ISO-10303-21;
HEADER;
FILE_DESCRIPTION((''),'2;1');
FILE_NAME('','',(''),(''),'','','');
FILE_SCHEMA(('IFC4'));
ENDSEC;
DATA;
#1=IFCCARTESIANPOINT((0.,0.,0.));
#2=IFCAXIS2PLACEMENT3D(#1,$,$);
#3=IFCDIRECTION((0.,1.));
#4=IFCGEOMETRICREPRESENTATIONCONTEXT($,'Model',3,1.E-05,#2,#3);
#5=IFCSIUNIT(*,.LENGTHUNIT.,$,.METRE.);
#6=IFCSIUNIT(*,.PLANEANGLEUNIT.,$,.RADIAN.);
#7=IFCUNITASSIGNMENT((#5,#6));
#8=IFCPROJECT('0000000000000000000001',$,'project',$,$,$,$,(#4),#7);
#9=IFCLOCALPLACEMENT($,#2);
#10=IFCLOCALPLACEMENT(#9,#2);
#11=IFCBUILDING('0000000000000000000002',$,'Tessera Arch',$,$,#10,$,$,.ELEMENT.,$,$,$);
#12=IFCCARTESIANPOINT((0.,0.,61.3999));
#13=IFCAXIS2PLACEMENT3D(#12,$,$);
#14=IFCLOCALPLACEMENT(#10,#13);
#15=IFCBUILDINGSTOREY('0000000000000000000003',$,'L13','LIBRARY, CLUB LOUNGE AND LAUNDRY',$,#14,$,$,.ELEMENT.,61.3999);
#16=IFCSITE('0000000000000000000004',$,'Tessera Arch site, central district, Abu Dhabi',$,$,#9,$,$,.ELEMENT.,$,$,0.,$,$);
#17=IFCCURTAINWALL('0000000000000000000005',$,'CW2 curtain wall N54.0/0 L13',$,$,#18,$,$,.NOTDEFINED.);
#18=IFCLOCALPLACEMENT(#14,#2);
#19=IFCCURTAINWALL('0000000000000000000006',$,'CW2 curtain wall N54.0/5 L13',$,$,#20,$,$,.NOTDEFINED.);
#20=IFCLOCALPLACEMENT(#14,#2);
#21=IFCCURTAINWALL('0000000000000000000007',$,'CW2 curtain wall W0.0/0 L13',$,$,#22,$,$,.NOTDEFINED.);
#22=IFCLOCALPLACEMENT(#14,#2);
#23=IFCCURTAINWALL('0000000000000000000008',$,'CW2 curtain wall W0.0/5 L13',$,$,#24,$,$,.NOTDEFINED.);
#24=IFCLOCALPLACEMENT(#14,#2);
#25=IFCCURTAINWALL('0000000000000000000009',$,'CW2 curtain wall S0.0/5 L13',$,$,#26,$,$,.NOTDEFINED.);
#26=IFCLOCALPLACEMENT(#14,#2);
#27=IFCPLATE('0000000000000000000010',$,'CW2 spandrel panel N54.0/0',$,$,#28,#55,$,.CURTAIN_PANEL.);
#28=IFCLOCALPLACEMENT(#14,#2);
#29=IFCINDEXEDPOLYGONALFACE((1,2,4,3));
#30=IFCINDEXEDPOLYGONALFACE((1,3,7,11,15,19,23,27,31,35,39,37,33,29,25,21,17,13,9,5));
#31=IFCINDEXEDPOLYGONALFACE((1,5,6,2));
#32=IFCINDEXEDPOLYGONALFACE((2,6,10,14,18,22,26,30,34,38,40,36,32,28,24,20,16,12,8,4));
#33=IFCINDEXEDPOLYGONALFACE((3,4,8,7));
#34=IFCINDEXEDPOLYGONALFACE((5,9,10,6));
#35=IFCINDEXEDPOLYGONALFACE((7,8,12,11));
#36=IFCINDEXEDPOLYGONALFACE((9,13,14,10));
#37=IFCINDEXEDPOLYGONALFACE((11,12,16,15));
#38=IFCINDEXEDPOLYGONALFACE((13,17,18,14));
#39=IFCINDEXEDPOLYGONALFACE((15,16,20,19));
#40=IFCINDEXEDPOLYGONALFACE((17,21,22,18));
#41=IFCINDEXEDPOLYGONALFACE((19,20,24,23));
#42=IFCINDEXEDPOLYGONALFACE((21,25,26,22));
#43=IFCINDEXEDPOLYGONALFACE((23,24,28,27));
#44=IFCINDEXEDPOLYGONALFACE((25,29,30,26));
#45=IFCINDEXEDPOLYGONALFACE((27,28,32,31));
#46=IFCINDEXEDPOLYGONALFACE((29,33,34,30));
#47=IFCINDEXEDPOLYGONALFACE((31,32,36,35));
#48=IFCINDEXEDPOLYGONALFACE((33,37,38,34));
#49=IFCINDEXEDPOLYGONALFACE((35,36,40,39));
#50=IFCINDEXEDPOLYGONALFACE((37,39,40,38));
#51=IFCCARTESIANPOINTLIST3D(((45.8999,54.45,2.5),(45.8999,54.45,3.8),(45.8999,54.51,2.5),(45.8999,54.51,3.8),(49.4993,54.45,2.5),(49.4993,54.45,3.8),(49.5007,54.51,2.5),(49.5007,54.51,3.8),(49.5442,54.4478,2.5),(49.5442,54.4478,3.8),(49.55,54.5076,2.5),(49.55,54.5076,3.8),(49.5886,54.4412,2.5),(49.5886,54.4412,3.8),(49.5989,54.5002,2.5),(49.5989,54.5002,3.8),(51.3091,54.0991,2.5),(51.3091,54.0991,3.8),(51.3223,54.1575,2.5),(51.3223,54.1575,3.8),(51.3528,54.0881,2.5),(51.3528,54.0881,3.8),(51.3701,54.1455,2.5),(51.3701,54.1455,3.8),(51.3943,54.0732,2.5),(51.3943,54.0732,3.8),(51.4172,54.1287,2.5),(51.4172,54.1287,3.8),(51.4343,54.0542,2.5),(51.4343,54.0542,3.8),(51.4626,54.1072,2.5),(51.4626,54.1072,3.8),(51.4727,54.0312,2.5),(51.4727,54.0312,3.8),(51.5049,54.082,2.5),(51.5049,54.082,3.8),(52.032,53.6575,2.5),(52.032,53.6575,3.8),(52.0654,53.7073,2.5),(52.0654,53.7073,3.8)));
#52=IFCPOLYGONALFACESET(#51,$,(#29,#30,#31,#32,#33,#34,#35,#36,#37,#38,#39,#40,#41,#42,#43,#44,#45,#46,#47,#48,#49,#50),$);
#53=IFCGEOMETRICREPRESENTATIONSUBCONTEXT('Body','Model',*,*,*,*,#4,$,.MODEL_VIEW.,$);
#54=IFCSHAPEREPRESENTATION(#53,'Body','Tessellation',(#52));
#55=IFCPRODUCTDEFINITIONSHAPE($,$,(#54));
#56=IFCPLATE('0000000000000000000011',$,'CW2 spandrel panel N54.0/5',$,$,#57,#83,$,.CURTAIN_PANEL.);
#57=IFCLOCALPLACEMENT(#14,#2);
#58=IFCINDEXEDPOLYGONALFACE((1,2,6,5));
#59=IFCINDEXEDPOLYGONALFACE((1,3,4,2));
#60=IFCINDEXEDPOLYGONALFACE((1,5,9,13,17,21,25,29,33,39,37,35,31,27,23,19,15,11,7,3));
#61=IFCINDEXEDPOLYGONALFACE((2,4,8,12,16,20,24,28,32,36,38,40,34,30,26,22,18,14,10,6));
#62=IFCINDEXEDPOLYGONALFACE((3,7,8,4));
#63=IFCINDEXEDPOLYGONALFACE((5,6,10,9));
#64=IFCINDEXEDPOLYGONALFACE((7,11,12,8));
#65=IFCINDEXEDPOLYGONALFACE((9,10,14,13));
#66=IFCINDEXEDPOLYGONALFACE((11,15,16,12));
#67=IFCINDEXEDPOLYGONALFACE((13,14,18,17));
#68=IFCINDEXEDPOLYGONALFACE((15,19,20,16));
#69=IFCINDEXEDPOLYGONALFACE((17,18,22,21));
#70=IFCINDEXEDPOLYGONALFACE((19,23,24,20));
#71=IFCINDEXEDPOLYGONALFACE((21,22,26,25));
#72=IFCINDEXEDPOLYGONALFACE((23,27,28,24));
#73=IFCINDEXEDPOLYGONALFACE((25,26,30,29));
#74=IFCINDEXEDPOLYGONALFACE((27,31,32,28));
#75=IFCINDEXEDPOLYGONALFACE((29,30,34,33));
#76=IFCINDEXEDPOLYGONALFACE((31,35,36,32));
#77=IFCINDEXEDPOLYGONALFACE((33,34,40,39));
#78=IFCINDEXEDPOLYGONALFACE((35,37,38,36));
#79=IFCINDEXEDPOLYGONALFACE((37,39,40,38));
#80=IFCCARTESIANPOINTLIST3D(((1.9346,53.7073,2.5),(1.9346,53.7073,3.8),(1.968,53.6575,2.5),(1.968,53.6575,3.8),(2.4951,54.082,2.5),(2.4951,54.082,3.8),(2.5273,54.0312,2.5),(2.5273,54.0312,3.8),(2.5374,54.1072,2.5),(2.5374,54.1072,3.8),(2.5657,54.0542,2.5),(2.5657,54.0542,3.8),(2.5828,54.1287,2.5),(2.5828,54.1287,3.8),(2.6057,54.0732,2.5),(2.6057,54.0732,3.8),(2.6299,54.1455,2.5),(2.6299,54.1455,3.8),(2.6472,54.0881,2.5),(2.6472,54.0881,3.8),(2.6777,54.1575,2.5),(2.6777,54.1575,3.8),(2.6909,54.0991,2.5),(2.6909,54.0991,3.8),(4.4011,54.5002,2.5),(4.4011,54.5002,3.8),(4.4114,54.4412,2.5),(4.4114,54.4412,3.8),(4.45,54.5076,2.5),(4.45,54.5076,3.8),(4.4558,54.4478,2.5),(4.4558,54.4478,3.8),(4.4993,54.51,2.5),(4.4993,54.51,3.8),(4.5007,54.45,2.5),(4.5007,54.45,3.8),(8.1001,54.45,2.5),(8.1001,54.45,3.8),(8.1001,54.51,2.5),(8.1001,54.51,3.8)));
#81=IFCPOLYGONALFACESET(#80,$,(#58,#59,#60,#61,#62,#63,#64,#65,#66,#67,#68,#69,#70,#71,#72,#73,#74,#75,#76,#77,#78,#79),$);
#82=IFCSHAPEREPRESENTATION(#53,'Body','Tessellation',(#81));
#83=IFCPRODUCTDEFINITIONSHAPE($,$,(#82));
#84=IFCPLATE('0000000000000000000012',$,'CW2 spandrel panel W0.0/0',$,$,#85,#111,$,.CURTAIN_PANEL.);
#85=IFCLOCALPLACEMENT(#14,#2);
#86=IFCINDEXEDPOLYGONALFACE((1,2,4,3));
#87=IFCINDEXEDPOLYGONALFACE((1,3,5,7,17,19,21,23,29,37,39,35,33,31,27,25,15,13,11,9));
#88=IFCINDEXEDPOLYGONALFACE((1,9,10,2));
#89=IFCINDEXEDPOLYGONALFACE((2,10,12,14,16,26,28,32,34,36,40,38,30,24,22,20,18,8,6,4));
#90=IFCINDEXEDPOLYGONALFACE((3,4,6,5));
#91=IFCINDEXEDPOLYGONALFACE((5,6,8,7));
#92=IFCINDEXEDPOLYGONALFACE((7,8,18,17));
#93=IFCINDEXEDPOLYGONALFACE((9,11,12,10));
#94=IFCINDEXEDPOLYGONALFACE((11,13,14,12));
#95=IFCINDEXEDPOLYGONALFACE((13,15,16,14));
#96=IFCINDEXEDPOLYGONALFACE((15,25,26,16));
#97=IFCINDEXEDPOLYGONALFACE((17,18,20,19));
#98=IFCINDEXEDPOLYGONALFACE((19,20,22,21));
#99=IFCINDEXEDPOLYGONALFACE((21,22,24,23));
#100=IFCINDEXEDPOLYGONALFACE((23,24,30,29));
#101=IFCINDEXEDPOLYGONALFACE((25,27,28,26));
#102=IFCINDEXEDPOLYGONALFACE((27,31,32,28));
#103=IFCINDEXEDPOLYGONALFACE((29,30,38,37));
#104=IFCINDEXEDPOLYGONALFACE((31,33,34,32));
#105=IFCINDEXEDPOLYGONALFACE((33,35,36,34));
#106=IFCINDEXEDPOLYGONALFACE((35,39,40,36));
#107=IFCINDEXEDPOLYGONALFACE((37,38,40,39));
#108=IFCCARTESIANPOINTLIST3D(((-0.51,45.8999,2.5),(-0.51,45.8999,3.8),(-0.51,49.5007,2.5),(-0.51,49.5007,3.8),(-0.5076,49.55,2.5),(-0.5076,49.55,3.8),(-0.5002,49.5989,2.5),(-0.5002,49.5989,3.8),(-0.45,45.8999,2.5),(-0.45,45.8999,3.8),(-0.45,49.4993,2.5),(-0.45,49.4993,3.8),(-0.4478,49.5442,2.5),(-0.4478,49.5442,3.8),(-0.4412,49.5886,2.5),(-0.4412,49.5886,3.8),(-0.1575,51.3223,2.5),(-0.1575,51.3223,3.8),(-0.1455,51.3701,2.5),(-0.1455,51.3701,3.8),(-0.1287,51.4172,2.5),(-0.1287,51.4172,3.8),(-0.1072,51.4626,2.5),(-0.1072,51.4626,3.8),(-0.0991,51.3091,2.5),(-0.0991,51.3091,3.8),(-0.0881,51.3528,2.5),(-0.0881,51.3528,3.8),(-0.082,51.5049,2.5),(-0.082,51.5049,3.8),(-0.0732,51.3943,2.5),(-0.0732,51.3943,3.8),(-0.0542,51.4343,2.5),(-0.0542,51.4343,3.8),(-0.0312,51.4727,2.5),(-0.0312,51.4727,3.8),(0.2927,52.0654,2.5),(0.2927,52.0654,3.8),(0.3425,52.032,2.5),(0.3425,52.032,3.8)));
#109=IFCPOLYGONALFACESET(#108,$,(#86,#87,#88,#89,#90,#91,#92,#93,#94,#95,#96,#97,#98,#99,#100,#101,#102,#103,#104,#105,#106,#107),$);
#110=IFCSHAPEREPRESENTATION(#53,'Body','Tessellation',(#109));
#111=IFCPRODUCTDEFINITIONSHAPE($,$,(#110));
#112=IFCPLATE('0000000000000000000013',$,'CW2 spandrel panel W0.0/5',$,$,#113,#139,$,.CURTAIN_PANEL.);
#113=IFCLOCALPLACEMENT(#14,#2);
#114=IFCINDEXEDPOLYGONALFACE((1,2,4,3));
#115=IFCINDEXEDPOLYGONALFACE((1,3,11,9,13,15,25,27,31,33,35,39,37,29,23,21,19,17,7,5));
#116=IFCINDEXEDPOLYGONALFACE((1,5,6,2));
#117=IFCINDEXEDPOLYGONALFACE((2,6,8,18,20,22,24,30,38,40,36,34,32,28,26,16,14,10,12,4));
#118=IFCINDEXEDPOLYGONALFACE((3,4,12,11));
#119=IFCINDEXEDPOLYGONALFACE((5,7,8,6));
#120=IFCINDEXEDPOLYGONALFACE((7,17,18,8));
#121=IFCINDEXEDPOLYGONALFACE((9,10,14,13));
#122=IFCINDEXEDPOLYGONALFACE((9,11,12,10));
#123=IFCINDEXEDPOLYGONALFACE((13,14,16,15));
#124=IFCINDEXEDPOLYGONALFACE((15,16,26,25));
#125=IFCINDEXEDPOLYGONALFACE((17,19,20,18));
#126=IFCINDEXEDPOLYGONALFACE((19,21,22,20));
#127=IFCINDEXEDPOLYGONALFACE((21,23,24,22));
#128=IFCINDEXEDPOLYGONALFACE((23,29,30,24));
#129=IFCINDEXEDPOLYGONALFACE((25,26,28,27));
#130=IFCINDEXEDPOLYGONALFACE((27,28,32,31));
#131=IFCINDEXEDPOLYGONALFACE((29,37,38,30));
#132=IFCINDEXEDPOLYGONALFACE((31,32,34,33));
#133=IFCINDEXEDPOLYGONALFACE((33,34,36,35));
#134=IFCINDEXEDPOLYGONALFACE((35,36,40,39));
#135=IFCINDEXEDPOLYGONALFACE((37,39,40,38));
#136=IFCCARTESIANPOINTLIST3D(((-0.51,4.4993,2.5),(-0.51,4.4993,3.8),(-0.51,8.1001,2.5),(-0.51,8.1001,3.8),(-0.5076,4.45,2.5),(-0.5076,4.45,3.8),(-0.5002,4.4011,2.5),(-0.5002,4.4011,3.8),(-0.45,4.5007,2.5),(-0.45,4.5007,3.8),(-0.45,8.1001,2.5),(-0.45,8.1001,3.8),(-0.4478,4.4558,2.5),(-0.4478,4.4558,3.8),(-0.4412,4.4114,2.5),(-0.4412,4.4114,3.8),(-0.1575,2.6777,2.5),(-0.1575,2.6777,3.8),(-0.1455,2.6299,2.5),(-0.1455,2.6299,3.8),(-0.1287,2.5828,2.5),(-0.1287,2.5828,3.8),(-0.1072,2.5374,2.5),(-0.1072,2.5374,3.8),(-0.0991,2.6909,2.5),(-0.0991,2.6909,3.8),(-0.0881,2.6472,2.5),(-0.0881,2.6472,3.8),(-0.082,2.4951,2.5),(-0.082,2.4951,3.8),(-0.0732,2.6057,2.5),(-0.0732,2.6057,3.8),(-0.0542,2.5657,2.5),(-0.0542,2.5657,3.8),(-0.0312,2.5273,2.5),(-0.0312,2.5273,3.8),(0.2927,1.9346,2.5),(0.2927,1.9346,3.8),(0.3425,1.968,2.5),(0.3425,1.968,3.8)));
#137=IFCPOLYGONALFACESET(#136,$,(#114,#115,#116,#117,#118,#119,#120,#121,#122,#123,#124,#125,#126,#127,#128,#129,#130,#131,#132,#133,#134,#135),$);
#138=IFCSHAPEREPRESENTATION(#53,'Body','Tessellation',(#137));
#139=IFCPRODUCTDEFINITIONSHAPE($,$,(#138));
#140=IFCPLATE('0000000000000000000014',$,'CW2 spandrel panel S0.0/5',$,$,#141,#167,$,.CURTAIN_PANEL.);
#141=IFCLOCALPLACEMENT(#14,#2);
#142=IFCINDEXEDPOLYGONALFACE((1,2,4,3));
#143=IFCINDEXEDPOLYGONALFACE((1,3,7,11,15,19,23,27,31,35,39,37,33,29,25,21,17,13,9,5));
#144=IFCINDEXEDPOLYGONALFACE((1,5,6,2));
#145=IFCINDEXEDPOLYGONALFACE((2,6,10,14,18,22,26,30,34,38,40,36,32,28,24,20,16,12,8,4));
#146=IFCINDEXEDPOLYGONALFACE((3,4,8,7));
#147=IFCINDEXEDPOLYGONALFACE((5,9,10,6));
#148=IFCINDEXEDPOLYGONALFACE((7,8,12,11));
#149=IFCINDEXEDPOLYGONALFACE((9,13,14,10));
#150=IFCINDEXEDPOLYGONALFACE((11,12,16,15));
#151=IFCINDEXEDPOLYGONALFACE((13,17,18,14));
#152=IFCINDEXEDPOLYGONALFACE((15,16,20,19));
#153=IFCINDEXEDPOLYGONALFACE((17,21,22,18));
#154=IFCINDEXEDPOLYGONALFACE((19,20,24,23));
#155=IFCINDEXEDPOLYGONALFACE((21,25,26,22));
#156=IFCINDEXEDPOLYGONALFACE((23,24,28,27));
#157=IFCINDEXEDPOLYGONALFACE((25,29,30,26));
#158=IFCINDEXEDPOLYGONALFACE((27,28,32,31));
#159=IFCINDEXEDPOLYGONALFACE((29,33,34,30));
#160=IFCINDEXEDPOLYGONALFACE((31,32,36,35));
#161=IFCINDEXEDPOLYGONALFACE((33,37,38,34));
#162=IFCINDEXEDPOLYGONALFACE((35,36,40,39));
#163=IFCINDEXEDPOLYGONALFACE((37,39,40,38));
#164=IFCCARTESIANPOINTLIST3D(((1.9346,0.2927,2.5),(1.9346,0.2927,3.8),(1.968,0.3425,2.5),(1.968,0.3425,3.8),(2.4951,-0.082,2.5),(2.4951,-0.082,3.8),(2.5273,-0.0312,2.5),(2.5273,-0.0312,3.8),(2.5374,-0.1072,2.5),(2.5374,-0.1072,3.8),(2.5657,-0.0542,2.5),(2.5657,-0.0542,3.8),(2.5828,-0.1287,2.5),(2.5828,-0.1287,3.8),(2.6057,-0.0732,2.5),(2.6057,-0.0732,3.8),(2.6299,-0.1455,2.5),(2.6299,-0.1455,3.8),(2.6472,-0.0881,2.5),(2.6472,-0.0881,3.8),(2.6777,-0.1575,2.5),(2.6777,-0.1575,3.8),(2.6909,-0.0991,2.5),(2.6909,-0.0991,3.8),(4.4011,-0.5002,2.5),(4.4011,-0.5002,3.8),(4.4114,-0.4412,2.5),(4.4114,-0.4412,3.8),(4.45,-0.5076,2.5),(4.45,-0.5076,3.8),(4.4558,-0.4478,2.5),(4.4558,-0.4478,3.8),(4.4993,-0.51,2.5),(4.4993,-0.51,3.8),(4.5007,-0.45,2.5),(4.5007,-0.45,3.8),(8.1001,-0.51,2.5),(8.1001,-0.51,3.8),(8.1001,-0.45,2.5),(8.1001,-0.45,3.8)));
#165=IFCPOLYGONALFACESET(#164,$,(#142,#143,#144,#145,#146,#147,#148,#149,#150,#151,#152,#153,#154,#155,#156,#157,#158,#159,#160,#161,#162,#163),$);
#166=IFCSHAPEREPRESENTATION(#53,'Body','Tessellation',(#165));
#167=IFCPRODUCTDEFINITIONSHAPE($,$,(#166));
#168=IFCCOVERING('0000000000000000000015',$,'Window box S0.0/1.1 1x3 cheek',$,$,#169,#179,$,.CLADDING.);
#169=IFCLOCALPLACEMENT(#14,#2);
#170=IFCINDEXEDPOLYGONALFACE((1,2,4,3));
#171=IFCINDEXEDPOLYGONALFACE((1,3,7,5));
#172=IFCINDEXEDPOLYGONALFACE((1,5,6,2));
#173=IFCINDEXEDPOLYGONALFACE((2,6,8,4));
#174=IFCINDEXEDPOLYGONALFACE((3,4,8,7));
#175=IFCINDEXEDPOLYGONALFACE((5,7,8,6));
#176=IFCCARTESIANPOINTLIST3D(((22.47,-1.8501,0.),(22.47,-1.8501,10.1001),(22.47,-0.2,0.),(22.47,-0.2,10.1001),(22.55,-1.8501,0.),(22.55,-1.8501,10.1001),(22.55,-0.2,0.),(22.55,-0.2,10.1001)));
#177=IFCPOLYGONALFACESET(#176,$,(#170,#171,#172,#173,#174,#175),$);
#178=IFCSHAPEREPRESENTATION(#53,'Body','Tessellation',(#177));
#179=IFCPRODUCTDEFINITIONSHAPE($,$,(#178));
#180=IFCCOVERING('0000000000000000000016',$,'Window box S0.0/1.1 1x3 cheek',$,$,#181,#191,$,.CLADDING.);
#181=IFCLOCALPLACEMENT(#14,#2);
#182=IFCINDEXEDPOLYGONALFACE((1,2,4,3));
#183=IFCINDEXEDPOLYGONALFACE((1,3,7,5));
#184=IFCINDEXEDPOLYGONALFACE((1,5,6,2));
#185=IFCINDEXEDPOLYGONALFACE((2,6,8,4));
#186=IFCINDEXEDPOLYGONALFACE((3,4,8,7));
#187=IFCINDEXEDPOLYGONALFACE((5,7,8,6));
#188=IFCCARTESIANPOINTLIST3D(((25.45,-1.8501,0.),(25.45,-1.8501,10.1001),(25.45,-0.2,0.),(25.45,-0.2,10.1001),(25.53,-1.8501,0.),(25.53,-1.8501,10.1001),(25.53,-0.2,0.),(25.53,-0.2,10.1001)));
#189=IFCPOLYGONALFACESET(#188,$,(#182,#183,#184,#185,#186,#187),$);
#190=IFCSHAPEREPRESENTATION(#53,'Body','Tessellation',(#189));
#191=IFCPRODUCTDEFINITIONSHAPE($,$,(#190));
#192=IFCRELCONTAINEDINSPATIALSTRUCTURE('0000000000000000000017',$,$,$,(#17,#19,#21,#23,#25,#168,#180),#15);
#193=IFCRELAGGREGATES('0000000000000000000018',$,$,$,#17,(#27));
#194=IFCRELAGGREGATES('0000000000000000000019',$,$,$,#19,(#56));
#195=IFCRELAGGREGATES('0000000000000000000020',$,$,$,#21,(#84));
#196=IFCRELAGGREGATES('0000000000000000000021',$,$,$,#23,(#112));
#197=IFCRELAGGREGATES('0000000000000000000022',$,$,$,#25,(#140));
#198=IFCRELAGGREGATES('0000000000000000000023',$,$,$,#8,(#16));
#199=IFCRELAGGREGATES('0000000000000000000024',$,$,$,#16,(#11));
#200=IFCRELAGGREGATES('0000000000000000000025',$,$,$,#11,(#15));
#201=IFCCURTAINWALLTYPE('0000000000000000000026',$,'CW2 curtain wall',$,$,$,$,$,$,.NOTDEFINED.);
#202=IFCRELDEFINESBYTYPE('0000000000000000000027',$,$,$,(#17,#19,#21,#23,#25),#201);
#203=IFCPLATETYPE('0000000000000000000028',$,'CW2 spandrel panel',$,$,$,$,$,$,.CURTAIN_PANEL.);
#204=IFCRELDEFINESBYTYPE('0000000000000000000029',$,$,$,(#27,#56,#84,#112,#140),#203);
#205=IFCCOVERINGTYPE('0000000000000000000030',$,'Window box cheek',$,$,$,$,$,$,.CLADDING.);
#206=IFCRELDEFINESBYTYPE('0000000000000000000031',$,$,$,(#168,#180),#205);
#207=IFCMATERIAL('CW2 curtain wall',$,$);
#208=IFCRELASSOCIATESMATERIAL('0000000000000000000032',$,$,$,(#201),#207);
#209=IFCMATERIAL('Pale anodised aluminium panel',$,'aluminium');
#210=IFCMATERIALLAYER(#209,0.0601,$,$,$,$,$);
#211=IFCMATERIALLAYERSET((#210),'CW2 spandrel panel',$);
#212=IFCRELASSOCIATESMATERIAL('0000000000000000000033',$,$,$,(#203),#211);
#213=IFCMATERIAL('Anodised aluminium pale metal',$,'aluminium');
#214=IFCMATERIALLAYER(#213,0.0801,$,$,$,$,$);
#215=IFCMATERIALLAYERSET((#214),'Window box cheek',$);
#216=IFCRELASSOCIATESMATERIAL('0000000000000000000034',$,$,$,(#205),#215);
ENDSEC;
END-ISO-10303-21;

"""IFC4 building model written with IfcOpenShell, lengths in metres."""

from ifc_helpers import new_model, si_unit, direction, frame, origin, place, context, subcontext, project, spatial, polyline, outline, extrude, material, layer, layer_set, type_object, element, aggregate, save


model = new_model("IFC4")

# Units and contexts
model_context = context("Model", 3, precision=1e-05, world=origin(), true_north=direction((0.0, 1.0)))
body_context = subcontext(model_context, "Body", "Model", "MODEL_VIEW")
ifc_project = project(units=[si_unit("LENGTHUNIT", "METRE"), si_unit("PLANEANGLEUNIT", "RADIAN")], contexts=[model_context])

# Site, building, storey
site_placement = place(None, origin())
site = spatial("IfcSite", under=ifc_project, at=site_placement, Name="Tessera Arch site, central district, Abu Dhabi", CompositionType="ELEMENT", RefElevation=0.0)
building_placement = place(site_placement, origin())
building = spatial("IfcBuilding", under=site, at=building_placement, Name="Tessera Arch", CompositionType="ELEMENT")
storey_placement = place(building_placement, frame((0.0, 0.0, 61.3999)))
storey = spatial("IfcBuildingStorey", under=building, at=storey_placement, Name="L13", Description="LIBRARY, CLUB LOUNGE AND LAUNDRY", CompositionType="ELEMENT", Elevation=61.3999)

# Curtain walls
ifc_material_1 = material(Name="CW2 curtain wall")
curtain_wall_type = type_object("IfcCurtainWallType", Name="CW2 curtain wall", PredefinedType="NOTDEFINED", material=ifc_material_1)
curtain_wall_1_placement = place(storey_placement, origin())
curtain_wall_1 = element("IfcCurtainWall", 1, at=curtain_wall_1_placement, inside=storey, type_object=curtain_wall_type, Name="CW2 curtain wall N54.0/0 L13", PredefinedType="NOTDEFINED")
curtain_wall_2_placement = place(storey_placement, origin())
curtain_wall_2 = element("IfcCurtainWall", 2, at=curtain_wall_2_placement, inside=storey, type_object=curtain_wall_type, Name="CW2 curtain wall N54.0/5 L13", PredefinedType="NOTDEFINED")
curtain_wall_3_placement = place(storey_placement, origin())
curtain_wall_3 = element("IfcCurtainWall", 3, at=curtain_wall_3_placement, inside=storey, type_object=curtain_wall_type, Name="CW2 curtain wall W0.0/0 L13", PredefinedType="NOTDEFINED")
curtain_wall_4_placement = place(storey_placement, origin())
curtain_wall_4 = element("IfcCurtainWall", 4, at=curtain_wall_4_placement, inside=storey, type_object=curtain_wall_type, Name="CW2 curtain wall W0.0/5 L13", PredefinedType="NOTDEFINED")
curtain_wall_5_placement = place(storey_placement, origin())
curtain_wall_5 = element("IfcCurtainWall", 5, at=curtain_wall_5_placement, inside=storey, type_object=curtain_wall_type, Name="CW2 curtain wall S0.0/5 L13", PredefinedType="NOTDEFINED")

# Plates
ifc_material_2 = material(Name="Pale anodised aluminium panel", Category="aluminium")
ifc_layer_1 = layer(ifc_material_2, 0.0601)
ifc_layer_set_1 = layer_set([ifc_layer_1], Name="CW2 spandrel panel")
plate_type_1 = type_object("IfcPlateType", Name="CW2 spandrel panel", PredefinedType="CURTAIN_PANEL", material=ifc_layer_set_1)
plate_1_placement = place(storey_placement, frame((0.0, 0.0, 2.5)))
plate_1 = element("IfcPlate", 6, at=plate_1_placement, type_object=plate_type_1, Name="CW2 spandrel panel N54.0/0", PredefinedType="CURTAIN_PANEL", context=body_context, shape_type="SweptSolid", body=[
    extrude(outline(polyline([(51.4727, 54.0312), (52.032, 53.6575), (52.0654, 53.7073), (51.5049, 54.082), (51.4626, 54.1072), (51.4172, 54.1287), (51.3701, 54.1455), (51.3223, 54.1575), (49.5989, 54.5002), (49.55, 54.5076), (49.5007, 54.51), (45.8999, 54.51), (45.8999, 54.45), (49.4993, 54.45), (49.5442, 54.4478), (49.5886, 54.4412), (51.3091, 54.0991), (51.3528, 54.0881), (51.3943, 54.0732), (51.4343, 54.0542), (51.4727, 54.0312)])), origin(), (0.0, 0.0, 1.0), 1.3),
])
aggregate(curtain_wall_1, [plate_1])
plate_2_placement = place(storey_placement, frame((0.0, 0.0, 2.5)))
plate_2 = element("IfcPlate", 7, at=plate_2_placement, type_object=plate_type_1, Name="CW2 spandrel panel N54.0/5", PredefinedType="CURTAIN_PANEL", context=body_context, shape_type="SweptSolid", body=[
    extrude(outline(polyline([(4.5007, 54.45), (8.1001, 54.45), (8.1001, 54.51), (4.4993, 54.51), (4.45, 54.5076), (4.4011, 54.5002), (2.6777, 54.1575), (2.6299, 54.1455), (2.5828, 54.1287), (2.5374, 54.1072), (2.4951, 54.082), (1.9346, 53.7073), (1.968, 53.6575), (2.5273, 54.0312), (2.5657, 54.0542), (2.6057, 54.0732), (2.6472, 54.0881), (2.6909, 54.0991), (4.4114, 54.4412), (4.4558, 54.4478), (4.5007, 54.45)])), origin(), (0.0, 0.0, 1.0), 1.3),
])
aggregate(curtain_wall_2, [plate_2])
plate_3_placement = place(storey_placement, frame((0.0, 0.0, 2.5)))
plate_3 = element("IfcPlate", 8, at=plate_3_placement, type_object=plate_type_1, Name="CW2 spandrel panel W0.0/0", PredefinedType="CURTAIN_PANEL", context=body_context, shape_type="SweptSolid", body=[
    extrude(outline(polyline([(-0.0312, 51.4727), (0.3425, 52.032), (0.2927, 52.0654), (-0.082, 51.5049), (-0.1072, 51.4626), (-0.1287, 51.4172), (-0.1455, 51.3701), (-0.1575, 51.3223), (-0.5002, 49.5989), (-0.5076, 49.55), (-0.51, 49.5007), (-0.51, 45.8999), (-0.45, 45.8999), (-0.45, 49.4993), (-0.4478, 49.5442), (-0.4412, 49.5886), (-0.0991, 51.3091), (-0.0881, 51.3528), (-0.0732, 51.3943), (-0.0542, 51.4343), (-0.0312, 51.4727)])), origin(), (0.0, 0.0, 1.0), 1.3),
])
aggregate(curtain_wall_3, [plate_3])
plate_4_placement = place(storey_placement, frame((0.0, 0.0, 2.5)))
plate_4 = element("IfcPlate", 9, at=plate_4_placement, type_object=plate_type_1, Name="CW2 spandrel panel W0.0/5", PredefinedType="CURTAIN_PANEL", context=body_context, shape_type="SweptSolid", body=[
    extrude(outline(polyline([(-0.45, 4.5007), (-0.45, 8.1001), (-0.51, 8.1001), (-0.51, 4.4993), (-0.5076, 4.45), (-0.5002, 4.4011), (-0.1575, 2.6777), (-0.1455, 2.6299), (-0.1287, 2.5828), (-0.1072, 2.5374), (-0.082, 2.4951), (0.2927, 1.9346), (0.3425, 1.968), (-0.0312, 2.5273), (-0.0542, 2.5657), (-0.0732, 2.6057), (-0.0881, 2.6472), (-0.0991, 2.6909), (-0.4412, 4.4114), (-0.4478, 4.4558), (-0.45, 4.5007)])), origin(), (0.0, 0.0, 1.0), 1.3),
])
aggregate(curtain_wall_4, [plate_4])
plate_5_placement = place(storey_placement, frame((0.0, 0.0, 2.5)))
plate_5 = element("IfcPlate", 10, at=plate_5_placement, type_object=plate_type_1, Name="CW2 spandrel panel S0.0/5", PredefinedType="CURTAIN_PANEL", context=body_context, shape_type="SweptSolid", body=[
    extrude(outline(polyline([(2.5273, -0.0312), (1.968, 0.3425), (1.9346, 0.2927), (2.4951, -0.082), (2.5374, -0.1072), (2.5828, -0.1287), (2.6299, -0.1455), (2.6777, -0.1575), (4.4011, -0.5002), (4.45, -0.5076), (4.4993, -0.51), (8.1001, -0.51), (8.1001, -0.45), (4.5007, -0.45), (4.4558, -0.4478), (4.4114, -0.4412), (2.6909, -0.0991), (2.6472, -0.0881), (2.6057, -0.0732), (2.5657, -0.0542), (2.5273, -0.0312)])), origin(), (0.0, 0.0, 1.0), 1.3),
])
aggregate(curtain_wall_5, [plate_5])

# Coverings
ifc_material_3 = material(Name="Anodised aluminium pale metal", Category="aluminium")
ifc_layer_2 = layer(ifc_material_3, 0.0801)
ifc_layer_set_2 = layer_set([ifc_layer_2], Name="Window box cheek")
covering_type_1 = type_object("IfcCoveringType", Name="Window box cheek", PredefinedType="CLADDING", material=ifc_layer_set_2)
covering_1_placement = place(storey_placement, origin())
element("IfcCovering", 11, at=covering_1_placement, inside=storey, type_object=covering_type_1, Name="Window box S0.0/1.1 1x3 cheek", PredefinedType="CLADDING", context=body_context, shape_type="SweptSolid", body=[
    extrude(outline(polyline([(22.47, -1.8501), (22.55, -1.8501), (22.55, -0.2), (22.47, -0.2), (22.47, -1.8501)])), origin(), (0.0, 0.0, 1.0), 10.1001),
])
covering_2_placement = place(storey_placement, origin())
element("IfcCovering", 12, at=covering_2_placement, inside=storey, type_object=covering_type_1, Name="Window box S0.0/1.1 1x3 cheek", PredefinedType="CLADDING", context=body_context, shape_type="SweptSolid", body=[
    extrude(outline(polyline([(25.45, -1.8501), (25.53, -1.8501), (25.53, -0.2), (25.45, -0.2), (25.45, -1.8501)])), origin(), (0.0, 0.0, 1.0), 10.1001),
])

save(model, "model.ifc")
